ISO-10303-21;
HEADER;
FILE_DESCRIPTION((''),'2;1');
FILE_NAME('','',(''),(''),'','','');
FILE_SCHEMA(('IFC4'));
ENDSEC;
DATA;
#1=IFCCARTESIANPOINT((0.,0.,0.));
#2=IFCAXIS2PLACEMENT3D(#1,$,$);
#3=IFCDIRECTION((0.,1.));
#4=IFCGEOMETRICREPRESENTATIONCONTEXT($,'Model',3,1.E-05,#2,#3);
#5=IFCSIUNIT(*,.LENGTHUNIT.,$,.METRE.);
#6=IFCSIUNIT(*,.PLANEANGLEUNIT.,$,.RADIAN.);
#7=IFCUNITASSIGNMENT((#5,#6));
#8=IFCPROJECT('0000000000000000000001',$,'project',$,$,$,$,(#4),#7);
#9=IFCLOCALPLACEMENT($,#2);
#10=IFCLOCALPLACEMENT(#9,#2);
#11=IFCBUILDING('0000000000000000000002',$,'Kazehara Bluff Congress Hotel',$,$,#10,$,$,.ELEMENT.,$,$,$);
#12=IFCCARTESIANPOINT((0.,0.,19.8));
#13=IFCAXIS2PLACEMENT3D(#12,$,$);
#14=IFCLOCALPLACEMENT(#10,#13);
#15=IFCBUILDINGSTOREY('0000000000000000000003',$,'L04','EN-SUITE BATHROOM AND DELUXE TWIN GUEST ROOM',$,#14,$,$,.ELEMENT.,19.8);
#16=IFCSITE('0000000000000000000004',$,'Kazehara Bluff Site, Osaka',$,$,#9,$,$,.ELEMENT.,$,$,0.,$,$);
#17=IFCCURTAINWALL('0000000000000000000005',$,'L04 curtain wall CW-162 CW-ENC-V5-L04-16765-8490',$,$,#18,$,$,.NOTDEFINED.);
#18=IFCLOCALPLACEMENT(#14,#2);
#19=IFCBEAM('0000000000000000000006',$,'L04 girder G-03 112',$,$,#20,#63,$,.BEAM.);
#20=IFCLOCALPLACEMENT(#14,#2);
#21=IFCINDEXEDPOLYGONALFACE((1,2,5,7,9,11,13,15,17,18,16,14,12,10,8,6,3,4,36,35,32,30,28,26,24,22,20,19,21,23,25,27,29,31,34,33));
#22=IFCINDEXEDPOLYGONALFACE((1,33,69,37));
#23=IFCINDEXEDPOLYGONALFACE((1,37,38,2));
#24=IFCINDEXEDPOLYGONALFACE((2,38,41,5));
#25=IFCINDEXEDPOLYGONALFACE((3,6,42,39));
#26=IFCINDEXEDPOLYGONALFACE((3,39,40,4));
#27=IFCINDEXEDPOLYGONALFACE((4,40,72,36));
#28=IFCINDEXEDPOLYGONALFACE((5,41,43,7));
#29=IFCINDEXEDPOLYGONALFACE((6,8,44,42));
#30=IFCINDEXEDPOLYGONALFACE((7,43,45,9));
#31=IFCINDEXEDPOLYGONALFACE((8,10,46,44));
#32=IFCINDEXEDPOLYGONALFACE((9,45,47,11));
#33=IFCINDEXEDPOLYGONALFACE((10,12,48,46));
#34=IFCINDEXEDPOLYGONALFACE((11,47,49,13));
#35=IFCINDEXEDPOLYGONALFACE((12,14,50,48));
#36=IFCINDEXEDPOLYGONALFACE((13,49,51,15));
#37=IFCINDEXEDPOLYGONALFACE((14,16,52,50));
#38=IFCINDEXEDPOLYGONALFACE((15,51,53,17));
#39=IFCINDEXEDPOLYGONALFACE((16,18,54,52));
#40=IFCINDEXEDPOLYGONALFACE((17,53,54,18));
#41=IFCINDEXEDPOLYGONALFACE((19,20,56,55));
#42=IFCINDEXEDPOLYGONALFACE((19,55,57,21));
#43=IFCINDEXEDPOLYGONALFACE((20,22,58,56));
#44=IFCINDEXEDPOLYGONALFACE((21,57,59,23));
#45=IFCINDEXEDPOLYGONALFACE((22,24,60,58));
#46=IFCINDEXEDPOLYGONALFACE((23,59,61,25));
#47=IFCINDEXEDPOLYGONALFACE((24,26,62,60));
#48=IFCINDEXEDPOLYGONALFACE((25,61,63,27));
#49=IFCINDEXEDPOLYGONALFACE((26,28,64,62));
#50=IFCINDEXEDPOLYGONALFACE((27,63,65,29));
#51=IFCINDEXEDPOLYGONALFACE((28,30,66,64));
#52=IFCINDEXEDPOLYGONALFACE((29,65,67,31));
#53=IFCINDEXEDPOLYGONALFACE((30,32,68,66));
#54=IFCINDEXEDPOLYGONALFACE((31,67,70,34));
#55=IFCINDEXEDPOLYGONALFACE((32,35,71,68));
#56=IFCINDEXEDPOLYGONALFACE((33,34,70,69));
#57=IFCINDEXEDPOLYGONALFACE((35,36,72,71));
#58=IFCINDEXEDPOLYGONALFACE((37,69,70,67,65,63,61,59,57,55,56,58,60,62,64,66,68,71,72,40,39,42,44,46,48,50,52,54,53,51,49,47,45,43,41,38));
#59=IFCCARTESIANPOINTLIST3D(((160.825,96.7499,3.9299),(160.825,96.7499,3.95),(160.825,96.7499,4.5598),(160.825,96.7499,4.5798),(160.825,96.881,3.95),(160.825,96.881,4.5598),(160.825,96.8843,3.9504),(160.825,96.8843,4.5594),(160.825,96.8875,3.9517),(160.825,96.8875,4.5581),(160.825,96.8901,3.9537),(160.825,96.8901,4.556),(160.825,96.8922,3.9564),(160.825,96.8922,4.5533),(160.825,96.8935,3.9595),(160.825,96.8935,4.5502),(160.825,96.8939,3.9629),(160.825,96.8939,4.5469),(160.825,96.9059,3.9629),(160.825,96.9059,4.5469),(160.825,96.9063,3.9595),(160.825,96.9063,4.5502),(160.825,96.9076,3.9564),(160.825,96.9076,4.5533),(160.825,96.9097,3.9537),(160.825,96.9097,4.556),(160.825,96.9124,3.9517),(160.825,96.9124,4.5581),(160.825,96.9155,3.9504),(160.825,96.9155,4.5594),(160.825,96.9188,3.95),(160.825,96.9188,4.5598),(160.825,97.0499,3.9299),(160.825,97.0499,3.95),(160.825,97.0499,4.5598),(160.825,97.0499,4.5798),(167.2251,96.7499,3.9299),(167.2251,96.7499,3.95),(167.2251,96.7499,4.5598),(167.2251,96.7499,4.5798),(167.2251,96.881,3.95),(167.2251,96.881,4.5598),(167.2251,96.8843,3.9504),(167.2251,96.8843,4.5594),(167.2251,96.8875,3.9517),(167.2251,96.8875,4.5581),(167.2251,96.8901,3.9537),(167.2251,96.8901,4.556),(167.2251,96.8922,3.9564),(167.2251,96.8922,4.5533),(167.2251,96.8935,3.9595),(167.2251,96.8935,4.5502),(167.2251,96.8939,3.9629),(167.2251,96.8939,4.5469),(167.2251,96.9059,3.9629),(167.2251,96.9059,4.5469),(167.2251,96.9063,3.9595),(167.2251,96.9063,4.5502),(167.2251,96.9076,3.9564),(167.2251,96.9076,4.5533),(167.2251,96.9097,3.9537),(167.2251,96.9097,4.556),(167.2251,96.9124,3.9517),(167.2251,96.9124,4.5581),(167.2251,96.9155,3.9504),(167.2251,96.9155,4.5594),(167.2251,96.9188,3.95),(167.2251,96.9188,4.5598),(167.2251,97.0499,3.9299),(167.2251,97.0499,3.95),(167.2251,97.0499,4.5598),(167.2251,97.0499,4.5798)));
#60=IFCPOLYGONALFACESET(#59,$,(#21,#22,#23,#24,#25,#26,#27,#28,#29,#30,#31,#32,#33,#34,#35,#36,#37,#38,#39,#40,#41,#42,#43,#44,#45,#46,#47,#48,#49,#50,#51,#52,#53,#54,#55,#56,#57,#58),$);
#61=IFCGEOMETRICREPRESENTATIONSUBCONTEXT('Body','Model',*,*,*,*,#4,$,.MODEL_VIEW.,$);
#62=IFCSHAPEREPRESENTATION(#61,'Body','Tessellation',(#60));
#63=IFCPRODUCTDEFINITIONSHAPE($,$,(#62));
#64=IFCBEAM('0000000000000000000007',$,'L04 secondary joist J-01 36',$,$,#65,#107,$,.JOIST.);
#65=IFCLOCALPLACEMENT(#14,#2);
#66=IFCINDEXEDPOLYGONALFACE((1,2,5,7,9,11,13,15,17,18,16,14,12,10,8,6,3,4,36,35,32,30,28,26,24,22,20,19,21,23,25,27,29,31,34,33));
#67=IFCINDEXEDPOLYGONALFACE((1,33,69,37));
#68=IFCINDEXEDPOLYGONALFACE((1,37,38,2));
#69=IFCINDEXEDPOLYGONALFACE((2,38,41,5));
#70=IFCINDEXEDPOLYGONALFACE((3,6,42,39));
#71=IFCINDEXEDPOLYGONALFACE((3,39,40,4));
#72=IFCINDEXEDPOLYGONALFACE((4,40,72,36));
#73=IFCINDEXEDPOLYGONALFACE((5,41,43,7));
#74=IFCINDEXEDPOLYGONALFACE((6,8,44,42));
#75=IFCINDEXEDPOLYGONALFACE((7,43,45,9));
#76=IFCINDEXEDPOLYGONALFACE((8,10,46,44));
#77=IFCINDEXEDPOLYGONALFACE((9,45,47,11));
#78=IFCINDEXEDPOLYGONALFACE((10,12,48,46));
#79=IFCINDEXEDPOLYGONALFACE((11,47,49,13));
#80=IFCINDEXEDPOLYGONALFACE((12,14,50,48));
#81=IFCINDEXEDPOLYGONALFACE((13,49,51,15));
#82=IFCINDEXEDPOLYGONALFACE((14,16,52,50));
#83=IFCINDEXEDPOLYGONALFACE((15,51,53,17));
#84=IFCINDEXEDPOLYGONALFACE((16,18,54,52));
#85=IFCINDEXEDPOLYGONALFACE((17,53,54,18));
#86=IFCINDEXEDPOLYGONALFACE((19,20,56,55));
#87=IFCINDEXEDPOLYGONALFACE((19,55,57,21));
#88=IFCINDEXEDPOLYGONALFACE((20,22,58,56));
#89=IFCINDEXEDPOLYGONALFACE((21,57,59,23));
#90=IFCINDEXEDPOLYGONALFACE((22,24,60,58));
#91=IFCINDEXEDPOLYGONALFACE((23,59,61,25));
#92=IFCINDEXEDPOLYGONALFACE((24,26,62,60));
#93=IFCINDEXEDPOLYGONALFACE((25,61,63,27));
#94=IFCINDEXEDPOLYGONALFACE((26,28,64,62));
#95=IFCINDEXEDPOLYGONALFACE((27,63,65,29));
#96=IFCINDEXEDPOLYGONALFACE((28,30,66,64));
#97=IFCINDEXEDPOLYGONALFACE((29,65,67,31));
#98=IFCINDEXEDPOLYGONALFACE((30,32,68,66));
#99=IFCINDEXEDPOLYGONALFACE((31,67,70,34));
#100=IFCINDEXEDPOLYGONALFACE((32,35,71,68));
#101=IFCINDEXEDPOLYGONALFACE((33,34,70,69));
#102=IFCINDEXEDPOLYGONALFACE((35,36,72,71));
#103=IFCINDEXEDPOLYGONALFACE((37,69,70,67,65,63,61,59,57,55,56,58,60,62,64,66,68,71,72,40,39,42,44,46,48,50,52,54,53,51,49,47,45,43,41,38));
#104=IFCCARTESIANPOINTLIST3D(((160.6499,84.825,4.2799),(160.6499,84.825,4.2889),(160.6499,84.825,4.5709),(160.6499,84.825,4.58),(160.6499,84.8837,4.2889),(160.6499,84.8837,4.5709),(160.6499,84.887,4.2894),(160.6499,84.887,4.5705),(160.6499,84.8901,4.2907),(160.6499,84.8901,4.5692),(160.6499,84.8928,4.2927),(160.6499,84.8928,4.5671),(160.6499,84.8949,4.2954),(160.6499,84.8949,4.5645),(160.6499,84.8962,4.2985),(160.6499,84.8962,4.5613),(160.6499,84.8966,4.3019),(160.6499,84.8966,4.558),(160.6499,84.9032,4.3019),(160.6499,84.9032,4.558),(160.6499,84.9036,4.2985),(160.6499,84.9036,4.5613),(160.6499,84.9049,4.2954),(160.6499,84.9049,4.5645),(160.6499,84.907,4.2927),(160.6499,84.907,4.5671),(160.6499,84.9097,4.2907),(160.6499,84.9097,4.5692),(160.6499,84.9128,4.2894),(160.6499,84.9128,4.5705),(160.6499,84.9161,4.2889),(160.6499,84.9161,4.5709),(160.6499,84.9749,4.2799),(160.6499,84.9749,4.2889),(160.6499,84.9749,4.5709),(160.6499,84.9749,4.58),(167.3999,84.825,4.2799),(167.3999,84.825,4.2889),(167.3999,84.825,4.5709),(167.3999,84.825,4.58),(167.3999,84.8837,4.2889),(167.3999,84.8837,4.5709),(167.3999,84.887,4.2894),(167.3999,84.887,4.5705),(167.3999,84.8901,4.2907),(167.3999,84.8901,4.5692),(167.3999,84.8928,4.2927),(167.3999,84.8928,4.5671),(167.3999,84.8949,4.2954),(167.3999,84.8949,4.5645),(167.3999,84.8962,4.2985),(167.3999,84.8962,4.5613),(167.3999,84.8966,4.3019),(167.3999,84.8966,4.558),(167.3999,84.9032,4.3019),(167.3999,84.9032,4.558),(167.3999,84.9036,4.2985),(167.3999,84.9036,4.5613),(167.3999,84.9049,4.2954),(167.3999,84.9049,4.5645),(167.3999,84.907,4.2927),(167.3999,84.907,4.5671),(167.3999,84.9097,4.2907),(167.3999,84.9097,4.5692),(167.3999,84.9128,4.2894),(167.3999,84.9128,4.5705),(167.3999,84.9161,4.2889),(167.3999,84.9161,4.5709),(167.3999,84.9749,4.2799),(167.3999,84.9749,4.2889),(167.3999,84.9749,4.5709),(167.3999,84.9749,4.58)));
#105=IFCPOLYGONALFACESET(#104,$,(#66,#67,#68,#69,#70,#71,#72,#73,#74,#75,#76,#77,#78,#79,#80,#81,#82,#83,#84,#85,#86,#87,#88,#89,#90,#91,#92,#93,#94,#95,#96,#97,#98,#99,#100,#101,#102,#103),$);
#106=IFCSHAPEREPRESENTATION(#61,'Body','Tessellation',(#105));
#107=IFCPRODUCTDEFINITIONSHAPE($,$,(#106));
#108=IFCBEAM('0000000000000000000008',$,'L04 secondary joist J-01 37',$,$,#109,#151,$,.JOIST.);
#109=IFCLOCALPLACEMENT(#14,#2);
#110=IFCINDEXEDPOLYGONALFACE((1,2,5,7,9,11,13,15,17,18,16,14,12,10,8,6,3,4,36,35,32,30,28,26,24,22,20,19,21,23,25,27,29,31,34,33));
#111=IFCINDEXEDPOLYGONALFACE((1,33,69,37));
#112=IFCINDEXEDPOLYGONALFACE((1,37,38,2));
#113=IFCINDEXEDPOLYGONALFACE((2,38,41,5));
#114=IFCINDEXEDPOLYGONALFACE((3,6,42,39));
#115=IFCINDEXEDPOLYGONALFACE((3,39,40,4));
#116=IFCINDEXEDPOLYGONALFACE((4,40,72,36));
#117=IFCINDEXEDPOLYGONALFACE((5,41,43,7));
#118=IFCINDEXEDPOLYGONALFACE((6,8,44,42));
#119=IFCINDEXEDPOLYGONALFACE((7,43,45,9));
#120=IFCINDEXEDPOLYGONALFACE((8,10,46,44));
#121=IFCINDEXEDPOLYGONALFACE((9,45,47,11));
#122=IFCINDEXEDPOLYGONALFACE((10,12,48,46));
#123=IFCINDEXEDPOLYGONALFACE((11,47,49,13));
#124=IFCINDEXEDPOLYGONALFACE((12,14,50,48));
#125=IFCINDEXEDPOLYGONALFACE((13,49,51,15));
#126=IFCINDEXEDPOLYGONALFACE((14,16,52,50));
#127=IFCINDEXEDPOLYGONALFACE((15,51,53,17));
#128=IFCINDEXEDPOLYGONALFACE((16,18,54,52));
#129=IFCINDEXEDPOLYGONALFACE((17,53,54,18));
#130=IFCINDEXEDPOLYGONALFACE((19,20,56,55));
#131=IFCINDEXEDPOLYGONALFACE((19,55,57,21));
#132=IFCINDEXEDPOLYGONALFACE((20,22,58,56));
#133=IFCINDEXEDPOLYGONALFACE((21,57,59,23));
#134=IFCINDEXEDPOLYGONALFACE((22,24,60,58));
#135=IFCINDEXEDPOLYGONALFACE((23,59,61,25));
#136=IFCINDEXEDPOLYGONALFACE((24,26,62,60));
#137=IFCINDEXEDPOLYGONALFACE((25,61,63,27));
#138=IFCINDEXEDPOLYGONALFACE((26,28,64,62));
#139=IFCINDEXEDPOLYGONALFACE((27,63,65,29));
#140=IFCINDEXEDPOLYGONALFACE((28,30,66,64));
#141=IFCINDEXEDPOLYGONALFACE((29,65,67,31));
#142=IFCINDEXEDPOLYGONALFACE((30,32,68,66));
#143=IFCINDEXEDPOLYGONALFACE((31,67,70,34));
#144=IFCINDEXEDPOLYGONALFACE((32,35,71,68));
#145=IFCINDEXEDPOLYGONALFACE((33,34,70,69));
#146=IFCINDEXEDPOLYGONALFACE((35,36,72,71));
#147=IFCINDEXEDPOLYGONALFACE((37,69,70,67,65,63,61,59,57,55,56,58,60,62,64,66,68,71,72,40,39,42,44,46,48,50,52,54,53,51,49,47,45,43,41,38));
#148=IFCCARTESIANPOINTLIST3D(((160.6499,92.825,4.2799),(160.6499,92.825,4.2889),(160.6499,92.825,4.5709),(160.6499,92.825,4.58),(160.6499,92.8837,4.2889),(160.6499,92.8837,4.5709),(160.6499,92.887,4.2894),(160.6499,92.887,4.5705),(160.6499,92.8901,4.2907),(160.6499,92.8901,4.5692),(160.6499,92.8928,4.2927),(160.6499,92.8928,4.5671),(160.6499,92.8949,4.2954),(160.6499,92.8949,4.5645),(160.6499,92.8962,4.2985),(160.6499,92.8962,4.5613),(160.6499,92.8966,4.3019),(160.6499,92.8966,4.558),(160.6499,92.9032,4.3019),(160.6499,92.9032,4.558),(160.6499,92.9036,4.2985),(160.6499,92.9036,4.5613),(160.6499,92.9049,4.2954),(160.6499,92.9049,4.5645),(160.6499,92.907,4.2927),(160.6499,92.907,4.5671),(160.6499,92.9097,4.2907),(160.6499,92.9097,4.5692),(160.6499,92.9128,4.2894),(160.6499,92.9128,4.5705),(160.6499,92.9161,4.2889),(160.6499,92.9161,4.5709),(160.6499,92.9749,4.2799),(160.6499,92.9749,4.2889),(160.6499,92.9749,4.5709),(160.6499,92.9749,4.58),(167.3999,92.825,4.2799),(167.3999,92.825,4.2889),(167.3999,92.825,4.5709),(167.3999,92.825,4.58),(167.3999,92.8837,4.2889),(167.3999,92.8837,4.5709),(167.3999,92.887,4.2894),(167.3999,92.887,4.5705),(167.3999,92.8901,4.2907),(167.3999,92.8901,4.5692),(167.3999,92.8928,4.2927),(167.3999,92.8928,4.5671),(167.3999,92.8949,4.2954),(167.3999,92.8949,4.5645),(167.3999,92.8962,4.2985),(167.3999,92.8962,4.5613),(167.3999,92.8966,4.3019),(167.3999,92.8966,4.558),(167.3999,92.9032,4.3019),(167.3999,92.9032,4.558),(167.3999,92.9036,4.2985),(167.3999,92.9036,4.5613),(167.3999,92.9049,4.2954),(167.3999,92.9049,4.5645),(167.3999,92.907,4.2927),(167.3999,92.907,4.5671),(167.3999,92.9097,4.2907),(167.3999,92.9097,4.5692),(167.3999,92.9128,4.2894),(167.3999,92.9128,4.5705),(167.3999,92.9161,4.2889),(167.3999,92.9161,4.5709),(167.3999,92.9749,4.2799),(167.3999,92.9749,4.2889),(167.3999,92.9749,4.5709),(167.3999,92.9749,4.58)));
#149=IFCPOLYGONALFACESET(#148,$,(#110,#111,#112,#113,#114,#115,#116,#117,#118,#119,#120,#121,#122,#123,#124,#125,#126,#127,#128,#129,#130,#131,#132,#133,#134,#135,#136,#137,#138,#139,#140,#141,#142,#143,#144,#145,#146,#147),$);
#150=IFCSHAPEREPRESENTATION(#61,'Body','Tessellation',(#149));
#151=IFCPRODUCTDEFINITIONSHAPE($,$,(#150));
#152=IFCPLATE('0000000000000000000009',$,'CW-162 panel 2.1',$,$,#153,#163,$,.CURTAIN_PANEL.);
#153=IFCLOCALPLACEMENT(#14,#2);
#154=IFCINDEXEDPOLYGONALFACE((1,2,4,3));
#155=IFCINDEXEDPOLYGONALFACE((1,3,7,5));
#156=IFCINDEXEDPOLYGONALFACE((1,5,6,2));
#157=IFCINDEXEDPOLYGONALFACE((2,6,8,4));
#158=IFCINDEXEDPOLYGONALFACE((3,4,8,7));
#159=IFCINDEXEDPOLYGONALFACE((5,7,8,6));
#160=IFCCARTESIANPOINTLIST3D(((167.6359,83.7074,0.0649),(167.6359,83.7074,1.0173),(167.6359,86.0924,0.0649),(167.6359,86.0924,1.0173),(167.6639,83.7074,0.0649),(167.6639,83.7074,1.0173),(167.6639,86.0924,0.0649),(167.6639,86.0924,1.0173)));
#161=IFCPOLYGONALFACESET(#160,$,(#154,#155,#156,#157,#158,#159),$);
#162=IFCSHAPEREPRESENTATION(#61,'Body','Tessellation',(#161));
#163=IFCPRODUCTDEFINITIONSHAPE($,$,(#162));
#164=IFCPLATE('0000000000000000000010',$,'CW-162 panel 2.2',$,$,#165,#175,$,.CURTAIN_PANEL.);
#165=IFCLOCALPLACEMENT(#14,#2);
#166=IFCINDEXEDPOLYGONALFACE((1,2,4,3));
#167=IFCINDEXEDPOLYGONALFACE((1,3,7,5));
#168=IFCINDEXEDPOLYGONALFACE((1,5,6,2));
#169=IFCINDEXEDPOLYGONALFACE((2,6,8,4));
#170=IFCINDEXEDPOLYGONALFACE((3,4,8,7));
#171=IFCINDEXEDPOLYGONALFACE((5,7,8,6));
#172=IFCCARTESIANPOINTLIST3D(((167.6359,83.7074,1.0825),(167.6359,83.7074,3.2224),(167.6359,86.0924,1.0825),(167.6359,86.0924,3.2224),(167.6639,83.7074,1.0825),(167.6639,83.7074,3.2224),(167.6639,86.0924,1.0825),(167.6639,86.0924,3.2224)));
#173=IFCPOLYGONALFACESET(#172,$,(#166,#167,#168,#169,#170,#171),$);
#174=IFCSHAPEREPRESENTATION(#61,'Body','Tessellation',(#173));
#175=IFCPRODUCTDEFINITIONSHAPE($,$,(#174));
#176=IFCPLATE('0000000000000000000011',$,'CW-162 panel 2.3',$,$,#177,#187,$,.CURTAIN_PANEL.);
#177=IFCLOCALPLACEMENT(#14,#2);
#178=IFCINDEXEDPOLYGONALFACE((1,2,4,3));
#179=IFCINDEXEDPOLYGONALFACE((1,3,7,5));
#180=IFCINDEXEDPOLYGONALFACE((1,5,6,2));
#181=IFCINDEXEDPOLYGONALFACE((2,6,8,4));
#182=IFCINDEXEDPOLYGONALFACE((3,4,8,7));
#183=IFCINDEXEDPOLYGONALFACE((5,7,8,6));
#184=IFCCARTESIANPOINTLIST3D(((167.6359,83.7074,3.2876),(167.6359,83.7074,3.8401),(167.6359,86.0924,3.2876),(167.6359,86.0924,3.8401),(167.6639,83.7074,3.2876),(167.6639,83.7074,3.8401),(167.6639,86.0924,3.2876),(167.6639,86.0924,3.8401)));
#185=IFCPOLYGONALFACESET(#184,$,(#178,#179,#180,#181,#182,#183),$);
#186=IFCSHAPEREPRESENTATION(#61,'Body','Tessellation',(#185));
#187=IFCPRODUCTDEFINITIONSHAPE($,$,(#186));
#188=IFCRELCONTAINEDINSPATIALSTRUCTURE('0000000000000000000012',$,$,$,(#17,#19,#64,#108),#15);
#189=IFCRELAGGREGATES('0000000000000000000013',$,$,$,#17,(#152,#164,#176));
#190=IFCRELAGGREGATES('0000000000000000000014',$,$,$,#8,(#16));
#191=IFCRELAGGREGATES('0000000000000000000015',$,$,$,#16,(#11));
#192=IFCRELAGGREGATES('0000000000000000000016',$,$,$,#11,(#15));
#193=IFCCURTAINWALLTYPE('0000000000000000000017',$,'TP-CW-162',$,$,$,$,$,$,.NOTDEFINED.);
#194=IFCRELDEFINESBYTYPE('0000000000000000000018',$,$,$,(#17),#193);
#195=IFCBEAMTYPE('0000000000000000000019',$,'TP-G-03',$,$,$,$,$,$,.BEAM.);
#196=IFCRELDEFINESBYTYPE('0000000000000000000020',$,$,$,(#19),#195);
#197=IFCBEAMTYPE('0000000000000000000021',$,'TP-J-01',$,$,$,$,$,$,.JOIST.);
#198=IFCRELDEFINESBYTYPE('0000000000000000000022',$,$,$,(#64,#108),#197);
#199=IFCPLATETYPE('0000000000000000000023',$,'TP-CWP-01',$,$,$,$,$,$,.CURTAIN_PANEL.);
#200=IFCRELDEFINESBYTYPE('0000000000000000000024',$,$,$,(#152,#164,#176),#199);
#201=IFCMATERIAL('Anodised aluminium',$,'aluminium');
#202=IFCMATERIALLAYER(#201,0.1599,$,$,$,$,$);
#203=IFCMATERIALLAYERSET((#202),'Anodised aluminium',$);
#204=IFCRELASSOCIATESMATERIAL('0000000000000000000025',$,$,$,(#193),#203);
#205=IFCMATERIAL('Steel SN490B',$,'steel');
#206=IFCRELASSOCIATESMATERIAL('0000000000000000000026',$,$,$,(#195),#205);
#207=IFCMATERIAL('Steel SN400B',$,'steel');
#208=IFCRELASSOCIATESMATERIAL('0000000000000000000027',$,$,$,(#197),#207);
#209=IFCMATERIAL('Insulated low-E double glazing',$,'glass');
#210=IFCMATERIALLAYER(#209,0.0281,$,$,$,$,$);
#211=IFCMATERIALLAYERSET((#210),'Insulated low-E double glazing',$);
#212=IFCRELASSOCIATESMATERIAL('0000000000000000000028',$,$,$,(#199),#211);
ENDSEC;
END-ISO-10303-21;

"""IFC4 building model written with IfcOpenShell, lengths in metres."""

from ifc_helpers import new_model, si_unit, direction, frame, origin, origin_2d, place, context, subcontext, project, spatial, rectangle, i_section, extrude, material, layer, layer_set, material_profile, profile_set, type_object, element, aggregate, save


model = new_model("IFC4")

# Units and contexts
model_context = context("Model", 3, precision=1e-05, world=origin(), true_north=direction((0.0, 1.0)))
body_context = subcontext(model_context, "Body", "Model", "MODEL_VIEW")
ifc_project = project(units=[si_unit("LENGTHUNIT", "METRE"), si_unit("PLANEANGLEUNIT", "RADIAN")], contexts=[model_context])

# Site, building, storey
site_placement = place(None, origin())
site = spatial("IfcSite", under=ifc_project, at=site_placement, Name="Kazehara Bluff Site, Osaka", CompositionType="ELEMENT", RefElevation=0.0)
building_placement = place(site_placement, origin())
building = spatial("IfcBuilding", under=site, at=building_placement, Name="Kazehara Bluff Congress Hotel", CompositionType="ELEMENT")
storey_placement = place(building_placement, frame((0.0, 0.0, 19.8)))
storey = spatial("IfcBuildingStorey", under=building, at=storey_placement, Name="L04", Description="EN-SUITE BATHROOM AND DELUXE TWIN GUEST ROOM", CompositionType="ELEMENT", Elevation=19.8)

# Curtain wall
ifc_material_1 = material(Name="Anodised aluminium", Category="aluminium")
ifc_layer_1 = layer(ifc_material_1, 0.1599)
ifc_layer_set_1 = layer_set([ifc_layer_1], Name="Anodised aluminium")
curtain_wall_type = type_object("IfcCurtainWallType", Name="TP-CW-162", PredefinedType="NOTDEFINED", material=ifc_layer_set_1)
curtain_wall_placement = place(storey_placement, origin())
curtain_wall = element("IfcCurtainWall", 1, at=curtain_wall_placement, inside=storey, type_object=curtain_wall_type, Name="L04 curtain wall CW-162 CW-ENC-V5-L04-16765-8490", PredefinedType="NOTDEFINED")

# Beams
ifc_material_2 = material(Name="Steel SN490B", Category="steel")
ifc_material_profile_1 = material_profile(ifc_material_2, i_section(OverallWidth=0.3, OverallDepth=0.6499, WebThickness=0.012, FlangeThickness=0.02, FilletRadius=0.0129, at=origin_2d()))
ifc_profile_set_1 = profile_set([ifc_material_profile_1], Name="Steel SN490B")
beam_type_1 = type_object("IfcBeamType", Name="TP-G-03", PredefinedType="BEAM", material=ifc_profile_set_1)
for number, where, z_axis, x_axis, name in (
    (2, (160.825, 96.8999, 4.2549), (1.0, 0.0, 0.0), (0.0, 1.0, 0.0), "L04 girder G-03 112"),
):
    element("IfcBeam", number, at=place(storey_placement, frame(where, z_axis=z_axis, x_axis=x_axis)), inside=storey, type_object=beam_type_1, Name=name, PredefinedType="BEAM", context=body_context, shape_type="SweptSolid", body=[
        extrude(i_section(OverallWidth=0.3, OverallDepth=0.6499, WebThickness=0.012, FlangeThickness=0.02, FilletRadius=0.0129, at=origin_2d()), origin(), (0.0, 0.0, 1.0), 6.4001),
    ])
ifc_material_3 = material(Name="Steel SN400B", Category="steel")
ifc_material_profile_2 = material_profile(ifc_material_3, i_section(OverallWidth=0.1499, OverallDepth=0.3, WebThickness=0.0066, FlangeThickness=0.009, FilletRadius=0.0129, at=origin_2d()))
ifc_profile_set_2 = profile_set([ifc_material_profile_2], Name="Steel SN400B")
beam_type_2 = type_object("IfcBeamType", Name="TP-J-01", PredefinedType="JOIST", material=ifc_profile_set_2)
for number, where, z_axis, x_axis, name in (
    (3, (160.6499, 84.8999, 4.4299), (1.0, 0.0, 0.0), (0.0, 1.0, 0.0), "L04 secondary joist J-01 36"),
    (4, (160.6499, 92.8999, 4.4299), (1.0, 0.0, 0.0), (0.0, 1.0, 0.0), "L04 secondary joist J-01 37"),
):
    element("IfcBeam", number, at=place(storey_placement, frame(where, z_axis=z_axis, x_axis=x_axis)), inside=storey, type_object=beam_type_2, Name=name, PredefinedType="JOIST", context=body_context, shape_type="SweptSolid", body=[
        extrude(i_section(OverallWidth=0.1499, OverallDepth=0.3, WebThickness=0.0066, FlangeThickness=0.009, FilletRadius=0.0129, at=origin_2d()), origin(), (0.0, 0.0, 1.0), 6.75),
    ])

# Plates
ifc_material_4 = material(Name="Insulated low-E double glazing", Category="glass")
ifc_layer_2 = layer(ifc_material_4, 0.0281)
ifc_layer_set_2 = layer_set([ifc_layer_2], Name="Insulated low-E double glazing")
plate_type = type_object("IfcPlateType", Name="TP-CWP-01", PredefinedType="CURTAIN_PANEL", material=ifc_layer_set_2)
plate_1_placement = place(storey_placement, frame((167.6499, 84.8999, 0.0649), z_axis=(0.0, 0.0, 1.0), x_axis=(0.0, -1.0, 0.0)))
plate_1 = element("IfcPlate", 5, at=plate_1_placement, type_object=plate_type, Name="CW-162 panel 2.1", PredefinedType="CURTAIN_PANEL", context=body_context, shape_type="SweptSolid", body=[
    extrude(rectangle(XDim=2.385, YDim=0.0281, at=origin_2d()), origin(), (0.0, 0.0, 1.0), 0.9524),
])
plate_2_placement = place(storey_placement, frame((167.6499, 84.8999, 1.0825), z_axis=(0.0, 0.0, 1.0), x_axis=(0.0, -1.0, 0.0)))
plate_2 = element("IfcPlate", 6, at=plate_2_placement, type_object=plate_type, Name="CW-162 panel 2.2", PredefinedType="CURTAIN_PANEL", context=body_context, shape_type="SweptSolid", body=[
    extrude(rectangle(XDim=2.385, YDim=0.0281, at=origin_2d()), origin(), (0.0, 0.0, 1.0), 2.1399),
])
plate_3_placement = place(storey_placement, frame((167.6499, 84.8999, 3.2876), z_axis=(0.0, 0.0, 1.0), x_axis=(0.0, -1.0, 0.0)))
plate_3 = element("IfcPlate", 7, at=plate_3_placement, type_object=plate_type, Name="CW-162 panel 2.3", PredefinedType="CURTAIN_PANEL", context=body_context, shape_type="SweptSolid", body=[
    extrude(rectangle(XDim=2.385, YDim=0.0281, at=origin_2d()), origin(), (0.0, 0.0, 1.0), 0.5525),
])
aggregate(curtain_wall, [plate_1, plate_2, plate_3])

save(model, "model.ifc")
